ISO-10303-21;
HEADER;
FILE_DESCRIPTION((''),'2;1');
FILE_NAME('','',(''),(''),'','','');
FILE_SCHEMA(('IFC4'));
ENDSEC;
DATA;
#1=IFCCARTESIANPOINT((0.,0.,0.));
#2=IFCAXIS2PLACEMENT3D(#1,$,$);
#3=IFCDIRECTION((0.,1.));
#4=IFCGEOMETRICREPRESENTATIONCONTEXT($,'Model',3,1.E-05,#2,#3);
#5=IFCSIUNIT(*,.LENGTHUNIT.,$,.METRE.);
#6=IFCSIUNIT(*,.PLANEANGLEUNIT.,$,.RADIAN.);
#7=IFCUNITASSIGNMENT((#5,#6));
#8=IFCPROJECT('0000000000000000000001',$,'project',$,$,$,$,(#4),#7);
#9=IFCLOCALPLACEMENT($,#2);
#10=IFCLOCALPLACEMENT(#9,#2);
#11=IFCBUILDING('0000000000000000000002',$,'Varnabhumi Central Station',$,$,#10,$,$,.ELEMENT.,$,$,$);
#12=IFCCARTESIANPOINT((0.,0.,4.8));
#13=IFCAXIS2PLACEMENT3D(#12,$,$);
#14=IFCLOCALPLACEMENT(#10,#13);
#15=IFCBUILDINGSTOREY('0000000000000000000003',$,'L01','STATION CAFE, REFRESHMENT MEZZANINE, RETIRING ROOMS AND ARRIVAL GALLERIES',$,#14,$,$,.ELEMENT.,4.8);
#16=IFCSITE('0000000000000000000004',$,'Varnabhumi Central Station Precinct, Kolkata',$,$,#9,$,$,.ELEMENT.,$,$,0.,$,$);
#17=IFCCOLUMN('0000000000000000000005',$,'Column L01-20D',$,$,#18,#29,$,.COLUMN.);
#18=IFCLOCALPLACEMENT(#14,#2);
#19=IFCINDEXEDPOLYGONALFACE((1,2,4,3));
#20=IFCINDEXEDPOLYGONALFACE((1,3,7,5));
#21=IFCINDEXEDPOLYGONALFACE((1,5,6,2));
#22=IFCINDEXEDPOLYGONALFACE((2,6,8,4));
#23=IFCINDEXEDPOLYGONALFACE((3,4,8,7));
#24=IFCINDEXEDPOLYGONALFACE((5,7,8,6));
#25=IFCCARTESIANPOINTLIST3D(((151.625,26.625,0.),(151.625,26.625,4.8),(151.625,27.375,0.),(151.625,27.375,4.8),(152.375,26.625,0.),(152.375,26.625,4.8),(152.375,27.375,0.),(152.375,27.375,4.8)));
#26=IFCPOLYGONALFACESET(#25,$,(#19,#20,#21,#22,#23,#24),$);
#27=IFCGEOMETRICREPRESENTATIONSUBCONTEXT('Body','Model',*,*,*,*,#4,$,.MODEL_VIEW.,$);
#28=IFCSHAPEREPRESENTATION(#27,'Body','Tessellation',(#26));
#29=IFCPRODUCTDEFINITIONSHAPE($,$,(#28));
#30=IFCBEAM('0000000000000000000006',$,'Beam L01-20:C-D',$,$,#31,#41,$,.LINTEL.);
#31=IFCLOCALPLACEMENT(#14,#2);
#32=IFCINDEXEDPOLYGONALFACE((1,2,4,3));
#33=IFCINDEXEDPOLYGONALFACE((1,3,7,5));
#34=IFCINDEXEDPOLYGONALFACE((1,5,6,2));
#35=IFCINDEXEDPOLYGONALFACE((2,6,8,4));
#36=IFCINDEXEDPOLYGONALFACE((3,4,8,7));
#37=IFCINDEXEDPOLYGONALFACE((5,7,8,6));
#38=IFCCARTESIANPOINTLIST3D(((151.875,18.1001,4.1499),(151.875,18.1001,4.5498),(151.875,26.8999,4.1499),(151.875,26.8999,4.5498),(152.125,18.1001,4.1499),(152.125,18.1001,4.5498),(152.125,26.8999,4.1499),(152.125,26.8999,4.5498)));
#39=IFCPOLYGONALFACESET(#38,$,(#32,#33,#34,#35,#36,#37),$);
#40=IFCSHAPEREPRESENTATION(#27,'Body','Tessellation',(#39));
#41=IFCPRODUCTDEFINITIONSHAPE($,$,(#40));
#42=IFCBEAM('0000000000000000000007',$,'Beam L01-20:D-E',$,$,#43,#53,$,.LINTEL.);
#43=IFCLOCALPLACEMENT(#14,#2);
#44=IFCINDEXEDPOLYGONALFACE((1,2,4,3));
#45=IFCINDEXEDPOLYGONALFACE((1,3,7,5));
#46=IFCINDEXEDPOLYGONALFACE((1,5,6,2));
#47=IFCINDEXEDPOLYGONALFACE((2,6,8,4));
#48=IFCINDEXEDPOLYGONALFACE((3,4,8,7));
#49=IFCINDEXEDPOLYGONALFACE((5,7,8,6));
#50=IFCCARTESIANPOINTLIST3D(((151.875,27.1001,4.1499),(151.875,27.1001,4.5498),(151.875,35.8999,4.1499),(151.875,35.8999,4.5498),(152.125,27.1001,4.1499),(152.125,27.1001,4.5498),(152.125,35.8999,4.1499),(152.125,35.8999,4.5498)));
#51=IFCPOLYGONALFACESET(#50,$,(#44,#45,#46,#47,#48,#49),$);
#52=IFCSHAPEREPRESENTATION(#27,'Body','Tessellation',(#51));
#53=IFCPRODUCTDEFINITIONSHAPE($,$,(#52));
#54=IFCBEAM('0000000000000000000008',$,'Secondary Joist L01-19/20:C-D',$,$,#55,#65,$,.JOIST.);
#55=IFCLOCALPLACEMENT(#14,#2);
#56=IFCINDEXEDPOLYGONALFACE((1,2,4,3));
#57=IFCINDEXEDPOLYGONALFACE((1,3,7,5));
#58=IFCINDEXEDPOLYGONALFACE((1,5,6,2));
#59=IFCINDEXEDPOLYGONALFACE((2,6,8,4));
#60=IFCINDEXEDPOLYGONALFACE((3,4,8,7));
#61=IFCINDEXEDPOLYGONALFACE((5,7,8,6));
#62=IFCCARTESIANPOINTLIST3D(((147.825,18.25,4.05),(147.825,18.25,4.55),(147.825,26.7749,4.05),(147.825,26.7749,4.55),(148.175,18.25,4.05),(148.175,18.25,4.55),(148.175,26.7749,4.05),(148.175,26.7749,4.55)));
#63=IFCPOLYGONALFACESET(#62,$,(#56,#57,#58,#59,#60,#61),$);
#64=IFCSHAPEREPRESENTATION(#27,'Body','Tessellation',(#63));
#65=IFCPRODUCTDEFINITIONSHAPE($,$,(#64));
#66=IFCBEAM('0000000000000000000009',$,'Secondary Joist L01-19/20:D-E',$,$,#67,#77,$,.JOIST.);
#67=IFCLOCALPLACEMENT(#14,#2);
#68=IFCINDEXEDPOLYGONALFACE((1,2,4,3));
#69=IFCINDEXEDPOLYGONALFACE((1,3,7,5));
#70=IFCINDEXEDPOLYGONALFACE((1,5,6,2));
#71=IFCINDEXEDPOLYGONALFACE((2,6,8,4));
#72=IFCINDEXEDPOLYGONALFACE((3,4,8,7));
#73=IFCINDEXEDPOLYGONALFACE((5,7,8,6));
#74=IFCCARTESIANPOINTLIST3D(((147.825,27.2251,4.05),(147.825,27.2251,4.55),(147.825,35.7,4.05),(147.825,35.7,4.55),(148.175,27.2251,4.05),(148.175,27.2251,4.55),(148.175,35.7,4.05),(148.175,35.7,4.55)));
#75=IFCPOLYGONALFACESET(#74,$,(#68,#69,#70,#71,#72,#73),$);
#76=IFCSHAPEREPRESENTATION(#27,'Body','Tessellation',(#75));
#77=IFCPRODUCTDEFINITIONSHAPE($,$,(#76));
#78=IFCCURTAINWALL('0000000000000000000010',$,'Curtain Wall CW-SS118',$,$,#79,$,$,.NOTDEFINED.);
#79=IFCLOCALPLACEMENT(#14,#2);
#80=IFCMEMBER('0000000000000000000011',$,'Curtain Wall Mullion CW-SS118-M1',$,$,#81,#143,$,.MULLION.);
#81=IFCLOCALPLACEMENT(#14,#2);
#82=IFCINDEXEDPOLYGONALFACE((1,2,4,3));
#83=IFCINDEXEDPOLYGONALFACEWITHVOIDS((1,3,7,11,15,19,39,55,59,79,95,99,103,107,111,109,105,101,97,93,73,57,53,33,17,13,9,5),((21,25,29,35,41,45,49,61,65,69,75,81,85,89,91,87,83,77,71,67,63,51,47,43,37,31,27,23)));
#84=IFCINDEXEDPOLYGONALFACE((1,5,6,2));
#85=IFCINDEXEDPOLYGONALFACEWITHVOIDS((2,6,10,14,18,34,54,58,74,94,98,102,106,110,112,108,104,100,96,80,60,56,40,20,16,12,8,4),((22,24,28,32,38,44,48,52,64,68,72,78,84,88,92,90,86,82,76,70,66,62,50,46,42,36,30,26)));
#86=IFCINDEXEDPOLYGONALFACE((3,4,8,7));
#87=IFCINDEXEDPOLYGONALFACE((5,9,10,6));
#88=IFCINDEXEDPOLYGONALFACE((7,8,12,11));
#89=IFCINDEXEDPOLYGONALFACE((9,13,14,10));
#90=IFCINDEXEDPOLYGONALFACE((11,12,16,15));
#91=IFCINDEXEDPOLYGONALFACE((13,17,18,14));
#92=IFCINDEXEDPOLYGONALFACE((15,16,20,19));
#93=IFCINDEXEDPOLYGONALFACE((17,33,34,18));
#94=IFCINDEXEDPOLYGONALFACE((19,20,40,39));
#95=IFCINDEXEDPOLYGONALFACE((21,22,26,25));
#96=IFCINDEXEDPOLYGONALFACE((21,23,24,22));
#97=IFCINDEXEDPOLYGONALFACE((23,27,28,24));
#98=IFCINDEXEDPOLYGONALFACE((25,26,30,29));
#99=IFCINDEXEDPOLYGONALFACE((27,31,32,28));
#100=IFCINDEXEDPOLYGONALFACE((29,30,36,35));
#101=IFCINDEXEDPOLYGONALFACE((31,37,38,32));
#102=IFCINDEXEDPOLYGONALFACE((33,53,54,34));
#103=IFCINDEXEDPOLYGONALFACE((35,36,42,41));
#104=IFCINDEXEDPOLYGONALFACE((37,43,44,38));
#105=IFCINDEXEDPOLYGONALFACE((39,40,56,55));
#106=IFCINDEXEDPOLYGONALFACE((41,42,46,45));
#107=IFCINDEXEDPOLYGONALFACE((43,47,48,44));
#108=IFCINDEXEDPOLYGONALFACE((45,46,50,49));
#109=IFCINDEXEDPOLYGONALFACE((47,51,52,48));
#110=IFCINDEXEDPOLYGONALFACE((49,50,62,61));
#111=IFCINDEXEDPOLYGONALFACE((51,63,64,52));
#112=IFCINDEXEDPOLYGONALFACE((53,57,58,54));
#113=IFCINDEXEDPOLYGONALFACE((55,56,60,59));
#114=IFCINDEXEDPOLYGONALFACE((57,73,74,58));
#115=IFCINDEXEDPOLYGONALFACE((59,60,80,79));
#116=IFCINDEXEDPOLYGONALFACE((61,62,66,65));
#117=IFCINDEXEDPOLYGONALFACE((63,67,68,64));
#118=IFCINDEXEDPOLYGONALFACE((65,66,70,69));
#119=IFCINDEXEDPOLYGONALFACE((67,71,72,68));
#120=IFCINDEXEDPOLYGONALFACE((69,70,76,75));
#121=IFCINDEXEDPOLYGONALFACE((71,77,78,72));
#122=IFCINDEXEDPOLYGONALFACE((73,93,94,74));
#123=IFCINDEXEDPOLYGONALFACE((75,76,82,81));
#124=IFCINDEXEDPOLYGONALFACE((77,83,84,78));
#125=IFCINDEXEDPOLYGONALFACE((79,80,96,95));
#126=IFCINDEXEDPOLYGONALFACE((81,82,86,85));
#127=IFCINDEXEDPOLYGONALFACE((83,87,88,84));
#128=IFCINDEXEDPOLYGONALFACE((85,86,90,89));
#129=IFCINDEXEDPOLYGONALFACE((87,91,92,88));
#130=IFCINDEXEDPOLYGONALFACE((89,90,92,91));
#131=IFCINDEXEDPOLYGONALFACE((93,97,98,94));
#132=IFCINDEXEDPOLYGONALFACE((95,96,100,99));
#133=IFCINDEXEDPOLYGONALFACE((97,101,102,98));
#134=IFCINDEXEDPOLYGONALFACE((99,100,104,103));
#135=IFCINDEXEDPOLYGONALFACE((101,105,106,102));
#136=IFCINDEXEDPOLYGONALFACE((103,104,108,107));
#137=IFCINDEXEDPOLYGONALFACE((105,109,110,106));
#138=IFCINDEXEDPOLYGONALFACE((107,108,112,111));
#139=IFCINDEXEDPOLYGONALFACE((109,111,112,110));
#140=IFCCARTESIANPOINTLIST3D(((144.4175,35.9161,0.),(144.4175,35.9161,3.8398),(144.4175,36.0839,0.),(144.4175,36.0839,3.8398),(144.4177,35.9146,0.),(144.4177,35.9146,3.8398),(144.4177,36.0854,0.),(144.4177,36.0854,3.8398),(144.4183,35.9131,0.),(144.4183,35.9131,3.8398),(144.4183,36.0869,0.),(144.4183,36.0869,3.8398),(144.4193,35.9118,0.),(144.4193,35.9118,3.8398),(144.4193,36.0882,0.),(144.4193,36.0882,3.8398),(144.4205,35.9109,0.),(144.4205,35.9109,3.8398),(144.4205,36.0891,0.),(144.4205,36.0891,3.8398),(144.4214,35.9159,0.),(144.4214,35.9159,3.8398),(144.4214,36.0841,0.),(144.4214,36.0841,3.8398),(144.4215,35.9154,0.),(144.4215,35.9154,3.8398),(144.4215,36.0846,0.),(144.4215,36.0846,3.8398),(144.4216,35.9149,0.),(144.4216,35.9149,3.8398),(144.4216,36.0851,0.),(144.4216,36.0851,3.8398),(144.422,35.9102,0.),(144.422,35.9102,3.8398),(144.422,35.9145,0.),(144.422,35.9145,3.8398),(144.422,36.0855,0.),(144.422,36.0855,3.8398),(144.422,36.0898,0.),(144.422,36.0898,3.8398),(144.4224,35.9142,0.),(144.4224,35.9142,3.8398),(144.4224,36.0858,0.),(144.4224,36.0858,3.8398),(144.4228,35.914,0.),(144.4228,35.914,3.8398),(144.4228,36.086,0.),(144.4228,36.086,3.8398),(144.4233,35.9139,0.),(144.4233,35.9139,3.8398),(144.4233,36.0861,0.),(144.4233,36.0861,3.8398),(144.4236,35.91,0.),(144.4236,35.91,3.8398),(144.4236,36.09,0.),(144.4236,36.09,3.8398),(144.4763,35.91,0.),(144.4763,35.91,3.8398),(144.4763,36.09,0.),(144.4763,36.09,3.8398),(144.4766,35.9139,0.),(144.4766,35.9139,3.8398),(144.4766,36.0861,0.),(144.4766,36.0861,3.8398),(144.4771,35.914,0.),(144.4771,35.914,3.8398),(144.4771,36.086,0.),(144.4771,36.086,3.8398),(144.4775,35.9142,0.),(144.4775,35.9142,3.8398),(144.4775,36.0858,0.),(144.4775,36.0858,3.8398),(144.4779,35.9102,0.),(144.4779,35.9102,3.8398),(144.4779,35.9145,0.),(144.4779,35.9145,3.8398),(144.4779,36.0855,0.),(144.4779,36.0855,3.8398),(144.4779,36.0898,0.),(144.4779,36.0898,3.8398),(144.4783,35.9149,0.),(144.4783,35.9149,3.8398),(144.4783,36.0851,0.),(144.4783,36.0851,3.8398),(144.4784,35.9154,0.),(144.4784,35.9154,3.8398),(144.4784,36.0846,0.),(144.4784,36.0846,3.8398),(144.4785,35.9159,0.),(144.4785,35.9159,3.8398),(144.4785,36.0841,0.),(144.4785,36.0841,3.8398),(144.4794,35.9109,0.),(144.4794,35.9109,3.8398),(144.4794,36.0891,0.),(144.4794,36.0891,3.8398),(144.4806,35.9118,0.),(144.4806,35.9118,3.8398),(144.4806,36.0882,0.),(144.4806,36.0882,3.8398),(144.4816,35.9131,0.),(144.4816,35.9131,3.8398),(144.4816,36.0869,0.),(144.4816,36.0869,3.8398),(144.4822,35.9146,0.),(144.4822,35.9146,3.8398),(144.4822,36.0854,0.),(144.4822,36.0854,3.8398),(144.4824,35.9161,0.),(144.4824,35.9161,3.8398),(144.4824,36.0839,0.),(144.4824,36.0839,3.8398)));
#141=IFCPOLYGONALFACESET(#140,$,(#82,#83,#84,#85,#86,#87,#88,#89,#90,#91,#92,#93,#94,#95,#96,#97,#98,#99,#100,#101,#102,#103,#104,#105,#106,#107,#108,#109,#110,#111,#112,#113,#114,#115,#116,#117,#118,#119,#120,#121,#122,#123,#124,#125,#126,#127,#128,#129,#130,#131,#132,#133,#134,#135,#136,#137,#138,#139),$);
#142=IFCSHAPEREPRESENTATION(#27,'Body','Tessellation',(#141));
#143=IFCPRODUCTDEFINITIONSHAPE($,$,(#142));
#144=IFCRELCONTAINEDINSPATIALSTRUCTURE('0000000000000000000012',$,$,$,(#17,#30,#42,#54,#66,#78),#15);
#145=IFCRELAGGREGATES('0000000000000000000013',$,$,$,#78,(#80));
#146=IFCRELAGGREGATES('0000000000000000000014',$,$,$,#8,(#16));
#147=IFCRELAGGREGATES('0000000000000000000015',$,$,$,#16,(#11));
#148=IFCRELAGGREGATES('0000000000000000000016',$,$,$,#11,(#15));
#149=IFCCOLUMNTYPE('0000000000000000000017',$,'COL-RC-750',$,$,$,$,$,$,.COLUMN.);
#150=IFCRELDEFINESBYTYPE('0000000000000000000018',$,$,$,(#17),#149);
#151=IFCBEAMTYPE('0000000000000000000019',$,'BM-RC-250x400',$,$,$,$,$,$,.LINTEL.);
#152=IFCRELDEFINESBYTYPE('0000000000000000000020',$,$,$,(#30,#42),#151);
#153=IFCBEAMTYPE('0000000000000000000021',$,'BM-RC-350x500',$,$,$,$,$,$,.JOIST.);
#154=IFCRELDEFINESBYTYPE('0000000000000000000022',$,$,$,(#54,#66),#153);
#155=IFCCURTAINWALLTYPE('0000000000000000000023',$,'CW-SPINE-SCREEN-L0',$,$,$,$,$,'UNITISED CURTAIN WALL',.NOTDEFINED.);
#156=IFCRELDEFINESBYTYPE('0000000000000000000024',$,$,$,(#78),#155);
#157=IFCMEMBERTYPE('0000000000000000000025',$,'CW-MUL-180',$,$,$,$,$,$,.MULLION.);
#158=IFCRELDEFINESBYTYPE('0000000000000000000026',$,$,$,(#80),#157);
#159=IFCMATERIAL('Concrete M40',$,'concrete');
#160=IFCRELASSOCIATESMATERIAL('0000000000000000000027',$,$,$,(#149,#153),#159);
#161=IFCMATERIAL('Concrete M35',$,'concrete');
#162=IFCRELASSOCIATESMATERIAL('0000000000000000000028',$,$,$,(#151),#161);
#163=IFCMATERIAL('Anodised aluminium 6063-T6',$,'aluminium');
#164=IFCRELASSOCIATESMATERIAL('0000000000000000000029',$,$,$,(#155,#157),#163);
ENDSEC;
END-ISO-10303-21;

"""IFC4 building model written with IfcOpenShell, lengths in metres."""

from ifc_helpers import new_model, si_unit, direction, frame, origin, origin_2d, place, context, subcontext, project, spatial, rectangle, hollow_rectangle, extrude, material, material_profile, profile_set, type_object, element, aggregate, save


model = new_model("IFC4")

# Units and contexts
model_context = context("Model", 3, precision=1e-05, world=origin(), true_north=direction((0.0, 1.0)))
body_context = subcontext(model_context, "Body", "Model", "MODEL_VIEW")
ifc_project = project(units=[si_unit("LENGTHUNIT", "METRE"), si_unit("PLANEANGLEUNIT", "RADIAN")], contexts=[model_context])

# Site, building, storey
site_placement = place(None, origin())
site = spatial("IfcSite", under=ifc_project, at=site_placement, Name="Varnabhumi Central Station Precinct, Kolkata", CompositionType="ELEMENT", RefElevation=0.0)
building_placement = place(site_placement, origin())
building = spatial("IfcBuilding", under=site, at=building_placement, Name="Varnabhumi Central Station", CompositionType="ELEMENT")
storey_placement = place(building_placement, frame((0.0, 0.0, 4.8)))
storey = spatial("IfcBuildingStorey", under=building, at=storey_placement, Name="L01", Description="STATION CAFE, REFRESHMENT MEZZANINE, RETIRING ROOMS AND ARRIVAL GALLERIES", CompositionType="ELEMENT", Elevation=4.8)

# Column
ifc_material_1 = material(Name="Concrete M40", Category="concrete")
ifc_material_profile_1 = material_profile(ifc_material_1, rectangle(XDim=0.75, YDim=0.75, at=origin_2d()), Name="Concrete M40", Category="concrete")
ifc_profile_set_1 = profile_set([ifc_material_profile_1], Name="Concrete M40")
column_type = type_object("IfcColumnType", Name="COL-RC-750", PredefinedType="COLUMN", material=ifc_profile_set_1)
column_placement = place(storey_placement, frame((152.0, 27.0, 0.0), z_axis=(0.0, 0.0, 1.0), x_axis=(1.0, 0.0, 0.0)))
element("IfcColumn", 1, at=column_placement, inside=storey, type_object=column_type, Name="Column L01-20D", PredefinedType="COLUMN", context=body_context, shape_type="SweptSolid", body=[
    extrude(rectangle(XDim=0.75, YDim=0.75, at=origin_2d()), origin(), (0.0, 0.0, 1.0), 4.8),
])

# Beams
ifc_material_2 = material(Name="Concrete M35", Category="concrete")
ifc_material_profile_2 = material_profile(ifc_material_2, rectangle(XDim=0.25, YDim=0.3999, at=origin_2d()), Name="Concrete M35", Category="concrete")
ifc_profile_set_2 = profile_set([ifc_material_profile_2], Name="Concrete M35")
beam_type_1 = type_object("IfcBeamType", Name="BM-RC-250x400", PredefinedType="LINTEL", material=ifc_profile_set_2)
for number, where, z_axis, x_axis, name in (
    (2, (152.0, 18.1001, 4.3499), (0.0, 1.0, 0.0), (-1.0, 0.0, 0.0), "Beam L01-20:C-D"),
    (3, (152.0, 27.1001, 4.3499), (0.0, 1.0, 0.0), (-1.0, 0.0, 0.0), "Beam L01-20:D-E"),
):
    element("IfcBeam", number, at=place(storey_placement, frame(where, z_axis=z_axis, x_axis=x_axis)), inside=storey, type_object=beam_type_1, Name=name, PredefinedType="LINTEL", context=body_context, shape_type="SweptSolid", body=[
        extrude(rectangle(XDim=0.25, YDim=0.3999, at=origin_2d()), origin(), (0.0, 0.0, 1.0), 8.7998),
    ])
ifc_material_profile_3 = material_profile(ifc_material_1, rectangle(XDim=0.3501, YDim=0.5, at=origin_2d()), Name="Concrete M40", Category="concrete")
ifc_profile_set_3 = profile_set([ifc_material_profile_3], Name="Concrete M40")
beam_type_2 = type_object("IfcBeamType", Name="BM-RC-350x500", PredefinedType="JOIST", material=ifc_profile_set_3)
beam_1_placement = place(storey_placement, frame((148.0, 18.25, 4.3), z_axis=(0.0, 1.0, 0.0), x_axis=(-1.0, 0.0, 0.0)))
element("IfcBeam", 4, at=beam_1_placement, inside=storey, type_object=beam_type_2, Name="Secondary Joist L01-19/20:C-D", PredefinedType="JOIST", context=body_context, shape_type="SweptSolid", body=[
    extrude(rectangle(XDim=0.3501, YDim=0.5, at=origin_2d()), origin(), (0.0, 0.0, 1.0), 8.5249),
])
beam_2_placement = place(storey_placement, frame((148.0, 27.2251, 4.3), z_axis=(0.0, 1.0, 0.0), x_axis=(-1.0, 0.0, 0.0)))
element("IfcBeam", 5, at=beam_2_placement, inside=storey, type_object=beam_type_2, Name="Secondary Joist L01-19/20:D-E", PredefinedType="JOIST", context=body_context, shape_type="SweptSolid", body=[
    extrude(rectangle(XDim=0.3501, YDim=0.5, at=origin_2d()), origin(), (0.0, 0.0, 1.0), 8.4749),
])

# Curtain wall, member
ifc_material_3 = material(Name="Anodised aluminium 6063-T6", Category="aluminium")
curtain_wall_type = type_object("IfcCurtainWallType", Name="CW-SPINE-SCREEN-L0", ElementType="UNITISED CURTAIN WALL", PredefinedType="NOTDEFINED", material=ifc_material_3)
curtain_wall_placement = place(storey_placement, origin())
curtain_wall = element("IfcCurtainWall", 6, at=curtain_wall_placement, inside=storey, type_object=curtain_wall_type, Name="Curtain Wall CW-SS118", PredefinedType="NOTDEFINED")
ifc_material_profile_4 = material_profile(ifc_material_3, hollow_rectangle(XDim=0.0649, YDim=0.1799, WallThickness=0.0039, InnerFilletRadius=0.002, OuterFilletRadius=0.0061, at=origin_2d()), Name="Anodised aluminium 6063-T6", Category="aluminium")
ifc_profile_set_4 = profile_set([ifc_material_profile_4], Name="Anodised aluminium 6063-T6")
member_type_1 = type_object("IfcMemberType", Name="CW-MUL-180", PredefinedType="MULLION", material=ifc_profile_set_4)
member_1_placement = place(storey_placement, frame((144.45, 36.0, 0.0), z_axis=(0.0, 0.0, 1.0), x_axis=(1.0, 0.0, 0.0)))
member_1 = element("IfcMember", 7, at=member_1_placement, type_object=member_type_1, Name="Curtain Wall Mullion CW-SS118-M1", PredefinedType="MULLION", context=body_context, shape_type="SweptSolid", body=[
    extrude(hollow_rectangle(XDim=0.0649, YDim=0.1799, WallThickness=0.0039, InnerFilletRadius=0.002, OuterFilletRadius=0.0061, at=origin_2d()), origin(), (0.0, 0.0, 1.0), 3.8398),
])
aggregate(curtain_wall, [member_1])

save(model, "model.ifc")
